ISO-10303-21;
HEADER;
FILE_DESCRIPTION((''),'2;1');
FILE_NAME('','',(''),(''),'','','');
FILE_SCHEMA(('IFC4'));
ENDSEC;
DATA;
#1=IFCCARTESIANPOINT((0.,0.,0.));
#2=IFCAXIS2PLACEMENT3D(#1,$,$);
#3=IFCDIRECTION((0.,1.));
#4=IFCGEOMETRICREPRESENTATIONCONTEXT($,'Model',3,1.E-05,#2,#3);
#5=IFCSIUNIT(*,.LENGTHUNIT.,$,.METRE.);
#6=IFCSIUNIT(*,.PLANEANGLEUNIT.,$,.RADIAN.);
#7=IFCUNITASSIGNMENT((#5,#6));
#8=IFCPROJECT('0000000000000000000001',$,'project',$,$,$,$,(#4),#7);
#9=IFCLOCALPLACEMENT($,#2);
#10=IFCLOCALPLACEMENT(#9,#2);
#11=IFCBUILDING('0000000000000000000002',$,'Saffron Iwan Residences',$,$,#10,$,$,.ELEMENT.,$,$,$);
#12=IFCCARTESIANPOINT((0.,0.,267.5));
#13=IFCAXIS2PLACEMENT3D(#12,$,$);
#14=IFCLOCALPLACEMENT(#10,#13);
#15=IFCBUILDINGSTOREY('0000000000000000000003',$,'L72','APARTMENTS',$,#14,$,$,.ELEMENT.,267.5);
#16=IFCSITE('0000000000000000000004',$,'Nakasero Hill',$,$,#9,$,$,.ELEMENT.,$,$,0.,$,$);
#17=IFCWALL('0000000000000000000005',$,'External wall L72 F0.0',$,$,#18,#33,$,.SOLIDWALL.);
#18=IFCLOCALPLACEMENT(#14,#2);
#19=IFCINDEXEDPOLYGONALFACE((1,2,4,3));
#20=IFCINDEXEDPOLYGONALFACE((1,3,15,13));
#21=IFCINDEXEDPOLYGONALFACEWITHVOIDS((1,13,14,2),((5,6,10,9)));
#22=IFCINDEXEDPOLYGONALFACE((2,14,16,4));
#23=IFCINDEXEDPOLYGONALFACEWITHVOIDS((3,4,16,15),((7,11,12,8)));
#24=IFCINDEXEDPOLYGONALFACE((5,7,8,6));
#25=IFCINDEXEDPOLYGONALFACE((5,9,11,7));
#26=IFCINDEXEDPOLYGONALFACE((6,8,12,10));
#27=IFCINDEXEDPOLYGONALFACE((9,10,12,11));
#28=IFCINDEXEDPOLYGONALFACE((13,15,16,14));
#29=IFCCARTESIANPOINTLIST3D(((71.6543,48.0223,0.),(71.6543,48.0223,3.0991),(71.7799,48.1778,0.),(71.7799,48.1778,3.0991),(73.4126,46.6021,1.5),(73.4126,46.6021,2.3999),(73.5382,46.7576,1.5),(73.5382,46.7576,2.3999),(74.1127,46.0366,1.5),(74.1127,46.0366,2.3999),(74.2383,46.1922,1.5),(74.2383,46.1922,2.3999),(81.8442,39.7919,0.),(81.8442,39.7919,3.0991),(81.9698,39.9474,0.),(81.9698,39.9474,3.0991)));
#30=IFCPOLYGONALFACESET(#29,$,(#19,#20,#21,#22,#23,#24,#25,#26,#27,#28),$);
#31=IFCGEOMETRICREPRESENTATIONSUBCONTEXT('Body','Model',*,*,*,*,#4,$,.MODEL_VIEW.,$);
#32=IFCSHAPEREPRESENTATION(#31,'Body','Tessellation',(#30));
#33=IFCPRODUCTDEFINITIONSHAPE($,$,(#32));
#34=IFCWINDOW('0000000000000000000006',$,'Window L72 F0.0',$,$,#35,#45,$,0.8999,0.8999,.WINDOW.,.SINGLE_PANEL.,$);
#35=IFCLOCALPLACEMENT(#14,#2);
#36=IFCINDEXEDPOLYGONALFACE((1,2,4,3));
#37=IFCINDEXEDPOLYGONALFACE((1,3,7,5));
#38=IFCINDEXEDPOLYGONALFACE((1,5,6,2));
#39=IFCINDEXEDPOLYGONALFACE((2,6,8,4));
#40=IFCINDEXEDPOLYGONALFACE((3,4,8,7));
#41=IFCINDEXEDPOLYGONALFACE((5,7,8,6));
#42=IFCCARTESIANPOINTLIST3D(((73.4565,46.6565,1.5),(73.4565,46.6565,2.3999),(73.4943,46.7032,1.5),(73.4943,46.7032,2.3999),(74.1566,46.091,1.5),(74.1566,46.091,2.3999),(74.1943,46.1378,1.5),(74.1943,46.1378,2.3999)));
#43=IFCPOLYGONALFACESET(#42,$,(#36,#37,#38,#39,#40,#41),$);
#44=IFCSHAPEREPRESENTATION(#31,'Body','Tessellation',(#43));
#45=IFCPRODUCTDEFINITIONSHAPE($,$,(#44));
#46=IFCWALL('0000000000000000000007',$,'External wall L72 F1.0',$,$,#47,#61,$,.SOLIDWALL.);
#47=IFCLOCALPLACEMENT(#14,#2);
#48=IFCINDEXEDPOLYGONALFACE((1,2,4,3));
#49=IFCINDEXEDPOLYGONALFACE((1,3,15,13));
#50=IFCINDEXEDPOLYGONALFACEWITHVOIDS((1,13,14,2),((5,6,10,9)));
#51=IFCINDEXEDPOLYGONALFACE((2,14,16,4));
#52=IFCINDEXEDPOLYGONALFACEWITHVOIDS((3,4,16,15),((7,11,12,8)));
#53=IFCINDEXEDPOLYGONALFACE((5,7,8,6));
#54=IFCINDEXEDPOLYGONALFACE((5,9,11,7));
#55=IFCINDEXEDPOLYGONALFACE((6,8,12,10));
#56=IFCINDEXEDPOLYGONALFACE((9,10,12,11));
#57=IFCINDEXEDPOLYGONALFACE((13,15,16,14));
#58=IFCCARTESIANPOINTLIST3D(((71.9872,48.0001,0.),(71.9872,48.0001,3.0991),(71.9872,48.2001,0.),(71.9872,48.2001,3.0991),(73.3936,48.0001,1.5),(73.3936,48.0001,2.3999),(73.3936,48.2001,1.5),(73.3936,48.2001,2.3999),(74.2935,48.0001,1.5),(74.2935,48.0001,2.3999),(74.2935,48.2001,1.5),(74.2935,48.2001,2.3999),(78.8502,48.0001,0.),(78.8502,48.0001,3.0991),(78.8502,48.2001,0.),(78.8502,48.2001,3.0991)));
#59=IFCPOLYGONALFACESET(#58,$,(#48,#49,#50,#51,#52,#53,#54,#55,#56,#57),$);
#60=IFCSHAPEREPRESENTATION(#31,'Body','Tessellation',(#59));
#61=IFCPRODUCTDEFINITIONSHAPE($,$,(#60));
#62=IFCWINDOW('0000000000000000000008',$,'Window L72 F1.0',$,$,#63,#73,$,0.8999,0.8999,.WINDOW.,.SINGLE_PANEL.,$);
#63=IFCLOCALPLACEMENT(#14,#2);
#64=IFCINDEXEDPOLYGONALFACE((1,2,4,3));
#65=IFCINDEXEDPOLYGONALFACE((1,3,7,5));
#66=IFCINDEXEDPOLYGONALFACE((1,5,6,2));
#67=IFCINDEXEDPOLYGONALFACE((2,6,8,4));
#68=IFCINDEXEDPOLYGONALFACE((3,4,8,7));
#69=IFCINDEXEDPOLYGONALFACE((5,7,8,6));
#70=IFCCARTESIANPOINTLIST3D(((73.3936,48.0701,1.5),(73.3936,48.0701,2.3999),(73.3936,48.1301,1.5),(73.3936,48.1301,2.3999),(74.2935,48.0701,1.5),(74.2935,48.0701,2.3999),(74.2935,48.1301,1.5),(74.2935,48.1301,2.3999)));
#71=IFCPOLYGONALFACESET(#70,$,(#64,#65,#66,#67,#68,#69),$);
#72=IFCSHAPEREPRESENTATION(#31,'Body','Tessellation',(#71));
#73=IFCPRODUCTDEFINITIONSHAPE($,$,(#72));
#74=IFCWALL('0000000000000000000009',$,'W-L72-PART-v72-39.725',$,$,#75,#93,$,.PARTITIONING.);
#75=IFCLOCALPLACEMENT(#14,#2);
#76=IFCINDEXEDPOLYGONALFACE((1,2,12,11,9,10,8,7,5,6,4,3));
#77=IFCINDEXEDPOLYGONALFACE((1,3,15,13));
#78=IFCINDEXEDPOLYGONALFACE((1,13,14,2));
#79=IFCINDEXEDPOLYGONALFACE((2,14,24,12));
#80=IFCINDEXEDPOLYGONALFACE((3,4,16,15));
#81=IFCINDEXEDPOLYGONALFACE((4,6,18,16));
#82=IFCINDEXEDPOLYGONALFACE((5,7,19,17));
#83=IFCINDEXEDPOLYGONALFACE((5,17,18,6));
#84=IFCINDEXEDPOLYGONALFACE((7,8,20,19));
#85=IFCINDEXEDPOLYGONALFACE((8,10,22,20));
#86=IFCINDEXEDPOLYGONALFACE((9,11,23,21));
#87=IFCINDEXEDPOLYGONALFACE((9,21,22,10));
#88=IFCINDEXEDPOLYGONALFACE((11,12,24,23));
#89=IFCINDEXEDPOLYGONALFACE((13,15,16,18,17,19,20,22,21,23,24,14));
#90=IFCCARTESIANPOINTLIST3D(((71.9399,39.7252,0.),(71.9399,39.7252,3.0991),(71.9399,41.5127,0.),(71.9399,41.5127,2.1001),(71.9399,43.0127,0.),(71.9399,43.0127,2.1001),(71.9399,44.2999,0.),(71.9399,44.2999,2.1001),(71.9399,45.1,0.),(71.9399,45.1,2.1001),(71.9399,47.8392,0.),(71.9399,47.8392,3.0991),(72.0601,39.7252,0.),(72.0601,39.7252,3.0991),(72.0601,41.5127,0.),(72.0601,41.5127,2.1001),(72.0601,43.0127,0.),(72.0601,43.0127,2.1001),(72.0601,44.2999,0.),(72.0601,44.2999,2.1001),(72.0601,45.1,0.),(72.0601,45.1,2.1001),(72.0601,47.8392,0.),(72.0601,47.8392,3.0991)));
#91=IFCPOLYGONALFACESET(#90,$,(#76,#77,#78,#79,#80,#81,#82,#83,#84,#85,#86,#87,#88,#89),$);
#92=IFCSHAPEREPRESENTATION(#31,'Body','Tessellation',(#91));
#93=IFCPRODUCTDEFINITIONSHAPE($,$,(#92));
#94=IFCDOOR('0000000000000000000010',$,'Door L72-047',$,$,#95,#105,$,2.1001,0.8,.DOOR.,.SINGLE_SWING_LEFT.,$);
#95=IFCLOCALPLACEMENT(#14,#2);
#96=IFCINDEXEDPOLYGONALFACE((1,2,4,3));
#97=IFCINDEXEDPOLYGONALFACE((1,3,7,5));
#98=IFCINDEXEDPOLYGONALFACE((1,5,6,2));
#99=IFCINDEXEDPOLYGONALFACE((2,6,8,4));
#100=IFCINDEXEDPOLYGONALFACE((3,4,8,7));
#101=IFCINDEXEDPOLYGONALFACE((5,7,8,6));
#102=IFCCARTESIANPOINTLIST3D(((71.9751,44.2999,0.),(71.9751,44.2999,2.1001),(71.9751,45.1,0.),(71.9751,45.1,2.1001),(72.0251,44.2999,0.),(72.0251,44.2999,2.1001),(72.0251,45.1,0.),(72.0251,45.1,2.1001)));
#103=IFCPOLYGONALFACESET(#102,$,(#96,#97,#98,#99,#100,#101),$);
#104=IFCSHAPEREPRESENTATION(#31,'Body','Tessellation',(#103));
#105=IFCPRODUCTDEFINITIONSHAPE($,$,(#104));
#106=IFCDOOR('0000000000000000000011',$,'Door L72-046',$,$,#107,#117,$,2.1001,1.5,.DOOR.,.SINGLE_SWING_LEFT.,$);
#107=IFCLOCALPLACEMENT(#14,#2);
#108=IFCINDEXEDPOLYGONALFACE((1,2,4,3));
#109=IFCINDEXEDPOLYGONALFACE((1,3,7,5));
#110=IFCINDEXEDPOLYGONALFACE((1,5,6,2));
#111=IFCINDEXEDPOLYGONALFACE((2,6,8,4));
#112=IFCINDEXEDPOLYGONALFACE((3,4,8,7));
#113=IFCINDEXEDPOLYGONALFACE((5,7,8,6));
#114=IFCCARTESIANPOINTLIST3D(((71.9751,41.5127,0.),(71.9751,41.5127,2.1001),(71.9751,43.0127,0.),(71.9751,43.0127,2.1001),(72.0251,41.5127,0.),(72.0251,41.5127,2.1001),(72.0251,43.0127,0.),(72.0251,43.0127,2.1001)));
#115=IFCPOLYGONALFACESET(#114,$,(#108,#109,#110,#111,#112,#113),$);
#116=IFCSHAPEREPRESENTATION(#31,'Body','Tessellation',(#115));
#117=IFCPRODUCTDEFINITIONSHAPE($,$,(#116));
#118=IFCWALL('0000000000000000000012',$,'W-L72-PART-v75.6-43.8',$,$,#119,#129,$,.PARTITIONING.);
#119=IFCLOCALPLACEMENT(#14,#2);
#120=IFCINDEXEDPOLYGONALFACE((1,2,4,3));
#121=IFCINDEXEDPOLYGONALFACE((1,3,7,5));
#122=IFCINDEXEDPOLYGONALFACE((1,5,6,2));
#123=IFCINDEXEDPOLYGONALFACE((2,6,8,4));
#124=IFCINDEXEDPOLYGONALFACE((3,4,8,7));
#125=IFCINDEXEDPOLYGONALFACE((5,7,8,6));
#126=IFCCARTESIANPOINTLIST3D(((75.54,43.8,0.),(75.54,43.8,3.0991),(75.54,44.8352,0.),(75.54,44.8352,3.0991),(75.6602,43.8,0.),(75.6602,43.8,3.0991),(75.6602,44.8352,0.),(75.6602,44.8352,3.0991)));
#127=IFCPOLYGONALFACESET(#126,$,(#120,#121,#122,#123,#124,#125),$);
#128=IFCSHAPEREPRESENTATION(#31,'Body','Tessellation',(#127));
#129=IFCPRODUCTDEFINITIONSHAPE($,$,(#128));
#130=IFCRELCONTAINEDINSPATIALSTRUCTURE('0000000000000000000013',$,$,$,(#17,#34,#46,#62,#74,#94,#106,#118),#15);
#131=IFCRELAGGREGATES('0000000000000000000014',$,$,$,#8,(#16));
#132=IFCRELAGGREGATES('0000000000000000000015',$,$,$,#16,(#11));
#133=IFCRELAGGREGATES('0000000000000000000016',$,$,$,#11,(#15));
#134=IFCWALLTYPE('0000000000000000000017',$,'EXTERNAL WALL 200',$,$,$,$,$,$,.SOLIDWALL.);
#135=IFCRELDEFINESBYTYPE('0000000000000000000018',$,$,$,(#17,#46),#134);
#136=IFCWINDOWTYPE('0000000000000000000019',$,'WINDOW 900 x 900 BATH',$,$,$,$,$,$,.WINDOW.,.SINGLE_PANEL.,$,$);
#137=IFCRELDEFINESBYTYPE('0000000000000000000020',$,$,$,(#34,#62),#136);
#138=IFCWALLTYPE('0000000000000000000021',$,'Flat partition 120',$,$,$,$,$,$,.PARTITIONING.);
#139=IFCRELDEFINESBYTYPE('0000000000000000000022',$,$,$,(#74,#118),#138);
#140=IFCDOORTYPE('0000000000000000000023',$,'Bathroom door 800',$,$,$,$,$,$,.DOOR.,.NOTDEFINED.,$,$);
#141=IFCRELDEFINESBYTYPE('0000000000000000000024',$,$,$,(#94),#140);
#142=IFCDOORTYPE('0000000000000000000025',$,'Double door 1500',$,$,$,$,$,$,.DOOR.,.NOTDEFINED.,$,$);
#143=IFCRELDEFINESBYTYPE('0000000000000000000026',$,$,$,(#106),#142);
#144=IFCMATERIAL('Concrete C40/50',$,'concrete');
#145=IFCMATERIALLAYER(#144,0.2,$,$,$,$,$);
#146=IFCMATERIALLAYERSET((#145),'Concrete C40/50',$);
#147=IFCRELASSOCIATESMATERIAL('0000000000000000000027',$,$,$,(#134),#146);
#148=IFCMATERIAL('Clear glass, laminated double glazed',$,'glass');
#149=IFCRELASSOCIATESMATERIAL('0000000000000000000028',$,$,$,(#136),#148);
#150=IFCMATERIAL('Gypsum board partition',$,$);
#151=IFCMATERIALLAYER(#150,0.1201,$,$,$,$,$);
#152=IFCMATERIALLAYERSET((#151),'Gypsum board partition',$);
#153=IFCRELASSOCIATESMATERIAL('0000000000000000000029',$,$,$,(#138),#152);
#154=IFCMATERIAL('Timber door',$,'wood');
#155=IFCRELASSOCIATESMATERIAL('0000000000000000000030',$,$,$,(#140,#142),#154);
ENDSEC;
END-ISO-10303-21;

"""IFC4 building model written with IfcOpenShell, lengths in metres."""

from ifc_helpers import new_model, si_unit, direction, frame, frame_2d, origin, place, context, subcontext, project, spatial, rectangle, extrude, material, layer, layer_set, type_object, element, fill, save


model = new_model("IFC4")

# Units and contexts
model_context = context("Model", 3, precision=1e-05, world=origin(), true_north=direction((0.0, 1.0)))
body_context = subcontext(model_context, "Body", "Model", "MODEL_VIEW")
ifc_project = project(units=[si_unit("LENGTHUNIT", "METRE"), si_unit("PLANEANGLEUNIT", "RADIAN")], contexts=[model_context])

# Site, building, storey
site_placement = place(None, origin())
site = spatial("IfcSite", under=ifc_project, at=site_placement, Name="Nakasero Hill", CompositionType="ELEMENT", RefElevation=0.0)
building_placement = place(site_placement, origin())
building = spatial("IfcBuilding", under=site, at=building_placement, Name="Saffron Iwan Residences", CompositionType="ELEMENT")
storey_placement = place(building_placement, frame((0.0, 0.0, 267.5)))
storey = spatial("IfcBuildingStorey", under=building, at=storey_placement, Name="L72", Description="APARTMENTS", CompositionType="ELEMENT", Elevation=267.5)

# Shared definitions
ifc_material_1 = material(Name="Concrete C40/50", Category="concrete")

# Walls, openings, windows
ifc_layer_1 = layer(ifc_material_1, 0.2)
ifc_layer_set_1 = layer_set([ifc_layer_1], Name="Concrete C40/50")
wall_type_1 = type_object("IfcWallType", Name="EXTERNAL WALL 200", PredefinedType="SOLIDWALL", material=ifc_layer_set_1)
wall_1_placement = place(storey_placement, frame((81.907, 39.8696, 0.0), z_axis=(0.0, 0.0, 1.0), x_axis=(-0.777936, 0.628343, 0.0)))
wall_1 = element("IfcWall", 1, at=wall_1_placement, inside=storey, type_object=wall_type_1, Name="External wall L72 F0.0", PredefinedType="SOLIDWALL", context=body_context, shape_type="SweptSolid", body=[
    extrude(rectangle(XDim=13.0986, YDim=0.2, at=frame_2d((6.5493, 0.0))), origin(), (0.0, 0.0, 1.0), 3.0991),
])
opening_1_placement = place(wall_1_placement, frame((9.9385, 0.0, 1.5)))
opening_1 = element("IfcOpeningElement", 2, at=opening_1_placement, cuts=wall_1, PredefinedType="OPENING", context=body_context, shape_type="SweptSolid", body=[
    extrude(rectangle(XDim=0.8999, YDim=0.8999, at=frame_2d((0.45, 0.45))), frame((0.0, 0.1099, 0.0), z_axis=(0.0, -1.0, 0.0), x_axis=(1.0, 0.0, 0.0)), (0.0, 0.0, 1.0), 0.22),
])
ifc_material_2 = material(Name="Clear glass, laminated double glazed", Category="glass")
window_type = type_object("IfcWindowType", Name="WINDOW 900 x 900 BATH", PartitioningType="SINGLE_PANEL", PredefinedType="WINDOW", material=ifc_material_2)
window_1_placement = place(opening_1_placement, origin())
window_1 = element("IfcWindow", 3, at=window_1_placement, inside=storey, type_object=window_type, Name="Window L72 F0.0", OverallHeight=0.8999, OverallWidth=0.8999, PartitioningType="SINGLE_PANEL", PredefinedType="WINDOW", context=body_context, shape_type="SweptSolid", body=[
    extrude(rectangle(XDim=0.8999, YDim=0.8999, at=frame_2d((0.45, 0.45))), frame((0.0, 0.03, 0.0), z_axis=(0.0, -1.0, 0.0), x_axis=(1.0, 0.0, 0.0)), (0.0, 0.0, 1.0), 0.0601),
])
fill(opening_1, window_1)
wall_2_placement = place(storey_placement, frame((71.9871, 48.1001, 0.0), z_axis=(0.0, 0.0, 1.0), x_axis=(1.0, 0.0, 0.0)))
wall_2 = element("IfcWall", 4, at=wall_2_placement, inside=storey, type_object=wall_type_1, Name="External wall L72 F1.0", PredefinedType="SOLIDWALL", context=body_context, shape_type="SweptSolid", body=[
    extrude(rectangle(XDim=6.863, YDim=0.2, at=frame_2d((3.4316, 0.0))), origin(), (0.0, 0.0, 1.0), 3.0991),
])
opening_2_placement = place(wall_2_placement, frame((1.4065, 0.0, 1.5)))
opening_2 = element("IfcOpeningElement", 5, at=opening_2_placement, cuts=wall_2, PredefinedType="OPENING", context=body_context, shape_type="SweptSolid", body=[
    extrude(rectangle(XDim=0.8999, YDim=0.8999, at=frame_2d((0.45, 0.45))), frame((0.0, 0.1099, 0.0), z_axis=(0.0, -1.0, 0.0), x_axis=(1.0, 0.0, 0.0)), (0.0, 0.0, 1.0), 0.22),
])
window_2_placement = place(opening_2_placement, origin())
window_2 = element("IfcWindow", 6, at=window_2_placement, inside=storey, type_object=window_type, Name="Window L72 F1.0", OverallHeight=0.8999, OverallWidth=0.8999, PartitioningType="SINGLE_PANEL", PredefinedType="WINDOW", context=body_context, shape_type="SweptSolid", body=[
    extrude(rectangle(XDim=0.8999, YDim=0.8999, at=frame_2d((0.45, 0.45))), frame((0.0, 0.03, 0.0), z_axis=(0.0, -1.0, 0.0), x_axis=(1.0, 0.0, 0.0)), (0.0, 0.0, 1.0), 0.0601),
])
fill(opening_2, window_2)

# Wall, openings, doors
ifc_material_3 = material(Name="Gypsum board partition")
ifc_layer_2 = layer(ifc_material_3, 0.1201)
ifc_layer_set_2 = layer_set([ifc_layer_2], Name="Gypsum board partition")
wall_type_2 = type_object("IfcWallType", Name="Flat partition 120", PredefinedType="PARTITIONING", material=ifc_layer_set_2)
wall_3_placement = place(storey_placement, frame((72.0, 39.7251, 0.0), z_axis=(0.0, 0.0, 1.0), x_axis=(0.0, 1.0, 0.0)))
wall_3 = element("IfcWall", 7, at=wall_3_placement, inside=storey, type_object=wall_type_2, Name="W-L72-PART-v72-39.725", PredefinedType="PARTITIONING", context=body_context, shape_type="SweptSolid", body=[
    extrude(rectangle(XDim=8.114, YDim=0.1201, at=frame_2d((4.0571, 0.0))), origin(), (0.0, 0.0, 1.0), 3.0991),
])
opening_3_placement = place(wall_3_placement, frame((1.7876, 0.0, 0.0)))
opening_3 = element("IfcOpeningElement", 8, at=opening_3_placement, cuts=wall_3, PredefinedType="OPENING", context=body_context, shape_type="SweptSolid", body=[
    extrude(rectangle(XDim=1.5, YDim=2.1001, at=frame_2d((0.75, 1.05))), frame((0.0, 0.0701, 0.0), z_axis=(0.0, -1.0, 0.0), x_axis=(1.0, 0.0, 0.0)), (0.0, 0.0, 1.0), 0.1401),
])
opening_4_placement = place(wall_3_placement, frame((4.575, 0.0, 0.0)))
opening_4 = element("IfcOpeningElement", 9, at=opening_4_placement, cuts=wall_3, PredefinedType="OPENING", context=body_context, shape_type="SweptSolid", body=[
    extrude(rectangle(XDim=0.8, YDim=2.1001, at=frame_2d((0.3999, 1.05))), frame((0.0, 0.0701, 0.0), z_axis=(0.0, -1.0, 0.0), x_axis=(1.0, 0.0, 0.0)), (0.0, 0.0, 1.0), 0.1401),
])
ifc_material_4 = material(Name="Timber door", Category="wood")
door_type_1 = type_object("IfcDoorType", Name="Bathroom door 800", OperationType="NOTDEFINED", PredefinedType="DOOR", material=ifc_material_4)
door_1_placement = place(opening_4_placement, origin())
door_1 = element("IfcDoor", 10, at=door_1_placement, inside=storey, type_object=door_type_1, Name="Door L72-047", OperationType="SINGLE_SWING_LEFT", OverallHeight=2.1001, OverallWidth=0.8, PredefinedType="DOOR", context=body_context, shape_type="SweptSolid", body=[
    extrude(rectangle(XDim=0.8, YDim=2.1001, at=frame_2d((0.3999, 1.05))), frame((0.0, 0.0249, 0.0), z_axis=(0.0, -1.0, 0.0), x_axis=(1.0, 0.0, 0.0)), (0.0, 0.0, 1.0), 0.05),
])
fill(opening_4, door_1)
door_type_2 = type_object("IfcDoorType", Name="Double door 1500", OperationType="NOTDEFINED", PredefinedType="DOOR", material=ifc_material_4)
door_2_placement = place(opening_3_placement, origin())
door_2 = element("IfcDoor", 11, at=door_2_placement, inside=storey, type_object=door_type_2, Name="Door L72-046", OperationType="SINGLE_SWING_LEFT", OverallHeight=2.1001, OverallWidth=1.5, PredefinedType="DOOR", context=body_context, shape_type="SweptSolid", body=[
    extrude(rectangle(XDim=1.5, YDim=2.1001, at=frame_2d((0.75, 1.05))), frame((0.0, 0.0249, 0.0), z_axis=(0.0, -1.0, 0.0), x_axis=(1.0, 0.0, 0.0)), (0.0, 0.0, 1.0), 0.05),
])
fill(opening_3, door_2)

# Wall
wall_4_placement = place(storey_placement, frame((75.6001, 43.8, 0.0), z_axis=(0.0, 0.0, 1.0), x_axis=(0.0, 1.0, 0.0)))
element("IfcWall", 12, at=wall_4_placement, inside=storey, type_object=wall_type_2, Name="W-L72-PART-v75.6-43.8", PredefinedType="PARTITIONING", context=body_context, shape_type="SweptSolid", body=[
    extrude(rectangle(XDim=1.0352, YDim=0.1201, at=frame_2d((0.5176, 0.0))), origin(), (0.0, 0.0, 1.0), 3.0991),
])

save(model, "model.ifc")
